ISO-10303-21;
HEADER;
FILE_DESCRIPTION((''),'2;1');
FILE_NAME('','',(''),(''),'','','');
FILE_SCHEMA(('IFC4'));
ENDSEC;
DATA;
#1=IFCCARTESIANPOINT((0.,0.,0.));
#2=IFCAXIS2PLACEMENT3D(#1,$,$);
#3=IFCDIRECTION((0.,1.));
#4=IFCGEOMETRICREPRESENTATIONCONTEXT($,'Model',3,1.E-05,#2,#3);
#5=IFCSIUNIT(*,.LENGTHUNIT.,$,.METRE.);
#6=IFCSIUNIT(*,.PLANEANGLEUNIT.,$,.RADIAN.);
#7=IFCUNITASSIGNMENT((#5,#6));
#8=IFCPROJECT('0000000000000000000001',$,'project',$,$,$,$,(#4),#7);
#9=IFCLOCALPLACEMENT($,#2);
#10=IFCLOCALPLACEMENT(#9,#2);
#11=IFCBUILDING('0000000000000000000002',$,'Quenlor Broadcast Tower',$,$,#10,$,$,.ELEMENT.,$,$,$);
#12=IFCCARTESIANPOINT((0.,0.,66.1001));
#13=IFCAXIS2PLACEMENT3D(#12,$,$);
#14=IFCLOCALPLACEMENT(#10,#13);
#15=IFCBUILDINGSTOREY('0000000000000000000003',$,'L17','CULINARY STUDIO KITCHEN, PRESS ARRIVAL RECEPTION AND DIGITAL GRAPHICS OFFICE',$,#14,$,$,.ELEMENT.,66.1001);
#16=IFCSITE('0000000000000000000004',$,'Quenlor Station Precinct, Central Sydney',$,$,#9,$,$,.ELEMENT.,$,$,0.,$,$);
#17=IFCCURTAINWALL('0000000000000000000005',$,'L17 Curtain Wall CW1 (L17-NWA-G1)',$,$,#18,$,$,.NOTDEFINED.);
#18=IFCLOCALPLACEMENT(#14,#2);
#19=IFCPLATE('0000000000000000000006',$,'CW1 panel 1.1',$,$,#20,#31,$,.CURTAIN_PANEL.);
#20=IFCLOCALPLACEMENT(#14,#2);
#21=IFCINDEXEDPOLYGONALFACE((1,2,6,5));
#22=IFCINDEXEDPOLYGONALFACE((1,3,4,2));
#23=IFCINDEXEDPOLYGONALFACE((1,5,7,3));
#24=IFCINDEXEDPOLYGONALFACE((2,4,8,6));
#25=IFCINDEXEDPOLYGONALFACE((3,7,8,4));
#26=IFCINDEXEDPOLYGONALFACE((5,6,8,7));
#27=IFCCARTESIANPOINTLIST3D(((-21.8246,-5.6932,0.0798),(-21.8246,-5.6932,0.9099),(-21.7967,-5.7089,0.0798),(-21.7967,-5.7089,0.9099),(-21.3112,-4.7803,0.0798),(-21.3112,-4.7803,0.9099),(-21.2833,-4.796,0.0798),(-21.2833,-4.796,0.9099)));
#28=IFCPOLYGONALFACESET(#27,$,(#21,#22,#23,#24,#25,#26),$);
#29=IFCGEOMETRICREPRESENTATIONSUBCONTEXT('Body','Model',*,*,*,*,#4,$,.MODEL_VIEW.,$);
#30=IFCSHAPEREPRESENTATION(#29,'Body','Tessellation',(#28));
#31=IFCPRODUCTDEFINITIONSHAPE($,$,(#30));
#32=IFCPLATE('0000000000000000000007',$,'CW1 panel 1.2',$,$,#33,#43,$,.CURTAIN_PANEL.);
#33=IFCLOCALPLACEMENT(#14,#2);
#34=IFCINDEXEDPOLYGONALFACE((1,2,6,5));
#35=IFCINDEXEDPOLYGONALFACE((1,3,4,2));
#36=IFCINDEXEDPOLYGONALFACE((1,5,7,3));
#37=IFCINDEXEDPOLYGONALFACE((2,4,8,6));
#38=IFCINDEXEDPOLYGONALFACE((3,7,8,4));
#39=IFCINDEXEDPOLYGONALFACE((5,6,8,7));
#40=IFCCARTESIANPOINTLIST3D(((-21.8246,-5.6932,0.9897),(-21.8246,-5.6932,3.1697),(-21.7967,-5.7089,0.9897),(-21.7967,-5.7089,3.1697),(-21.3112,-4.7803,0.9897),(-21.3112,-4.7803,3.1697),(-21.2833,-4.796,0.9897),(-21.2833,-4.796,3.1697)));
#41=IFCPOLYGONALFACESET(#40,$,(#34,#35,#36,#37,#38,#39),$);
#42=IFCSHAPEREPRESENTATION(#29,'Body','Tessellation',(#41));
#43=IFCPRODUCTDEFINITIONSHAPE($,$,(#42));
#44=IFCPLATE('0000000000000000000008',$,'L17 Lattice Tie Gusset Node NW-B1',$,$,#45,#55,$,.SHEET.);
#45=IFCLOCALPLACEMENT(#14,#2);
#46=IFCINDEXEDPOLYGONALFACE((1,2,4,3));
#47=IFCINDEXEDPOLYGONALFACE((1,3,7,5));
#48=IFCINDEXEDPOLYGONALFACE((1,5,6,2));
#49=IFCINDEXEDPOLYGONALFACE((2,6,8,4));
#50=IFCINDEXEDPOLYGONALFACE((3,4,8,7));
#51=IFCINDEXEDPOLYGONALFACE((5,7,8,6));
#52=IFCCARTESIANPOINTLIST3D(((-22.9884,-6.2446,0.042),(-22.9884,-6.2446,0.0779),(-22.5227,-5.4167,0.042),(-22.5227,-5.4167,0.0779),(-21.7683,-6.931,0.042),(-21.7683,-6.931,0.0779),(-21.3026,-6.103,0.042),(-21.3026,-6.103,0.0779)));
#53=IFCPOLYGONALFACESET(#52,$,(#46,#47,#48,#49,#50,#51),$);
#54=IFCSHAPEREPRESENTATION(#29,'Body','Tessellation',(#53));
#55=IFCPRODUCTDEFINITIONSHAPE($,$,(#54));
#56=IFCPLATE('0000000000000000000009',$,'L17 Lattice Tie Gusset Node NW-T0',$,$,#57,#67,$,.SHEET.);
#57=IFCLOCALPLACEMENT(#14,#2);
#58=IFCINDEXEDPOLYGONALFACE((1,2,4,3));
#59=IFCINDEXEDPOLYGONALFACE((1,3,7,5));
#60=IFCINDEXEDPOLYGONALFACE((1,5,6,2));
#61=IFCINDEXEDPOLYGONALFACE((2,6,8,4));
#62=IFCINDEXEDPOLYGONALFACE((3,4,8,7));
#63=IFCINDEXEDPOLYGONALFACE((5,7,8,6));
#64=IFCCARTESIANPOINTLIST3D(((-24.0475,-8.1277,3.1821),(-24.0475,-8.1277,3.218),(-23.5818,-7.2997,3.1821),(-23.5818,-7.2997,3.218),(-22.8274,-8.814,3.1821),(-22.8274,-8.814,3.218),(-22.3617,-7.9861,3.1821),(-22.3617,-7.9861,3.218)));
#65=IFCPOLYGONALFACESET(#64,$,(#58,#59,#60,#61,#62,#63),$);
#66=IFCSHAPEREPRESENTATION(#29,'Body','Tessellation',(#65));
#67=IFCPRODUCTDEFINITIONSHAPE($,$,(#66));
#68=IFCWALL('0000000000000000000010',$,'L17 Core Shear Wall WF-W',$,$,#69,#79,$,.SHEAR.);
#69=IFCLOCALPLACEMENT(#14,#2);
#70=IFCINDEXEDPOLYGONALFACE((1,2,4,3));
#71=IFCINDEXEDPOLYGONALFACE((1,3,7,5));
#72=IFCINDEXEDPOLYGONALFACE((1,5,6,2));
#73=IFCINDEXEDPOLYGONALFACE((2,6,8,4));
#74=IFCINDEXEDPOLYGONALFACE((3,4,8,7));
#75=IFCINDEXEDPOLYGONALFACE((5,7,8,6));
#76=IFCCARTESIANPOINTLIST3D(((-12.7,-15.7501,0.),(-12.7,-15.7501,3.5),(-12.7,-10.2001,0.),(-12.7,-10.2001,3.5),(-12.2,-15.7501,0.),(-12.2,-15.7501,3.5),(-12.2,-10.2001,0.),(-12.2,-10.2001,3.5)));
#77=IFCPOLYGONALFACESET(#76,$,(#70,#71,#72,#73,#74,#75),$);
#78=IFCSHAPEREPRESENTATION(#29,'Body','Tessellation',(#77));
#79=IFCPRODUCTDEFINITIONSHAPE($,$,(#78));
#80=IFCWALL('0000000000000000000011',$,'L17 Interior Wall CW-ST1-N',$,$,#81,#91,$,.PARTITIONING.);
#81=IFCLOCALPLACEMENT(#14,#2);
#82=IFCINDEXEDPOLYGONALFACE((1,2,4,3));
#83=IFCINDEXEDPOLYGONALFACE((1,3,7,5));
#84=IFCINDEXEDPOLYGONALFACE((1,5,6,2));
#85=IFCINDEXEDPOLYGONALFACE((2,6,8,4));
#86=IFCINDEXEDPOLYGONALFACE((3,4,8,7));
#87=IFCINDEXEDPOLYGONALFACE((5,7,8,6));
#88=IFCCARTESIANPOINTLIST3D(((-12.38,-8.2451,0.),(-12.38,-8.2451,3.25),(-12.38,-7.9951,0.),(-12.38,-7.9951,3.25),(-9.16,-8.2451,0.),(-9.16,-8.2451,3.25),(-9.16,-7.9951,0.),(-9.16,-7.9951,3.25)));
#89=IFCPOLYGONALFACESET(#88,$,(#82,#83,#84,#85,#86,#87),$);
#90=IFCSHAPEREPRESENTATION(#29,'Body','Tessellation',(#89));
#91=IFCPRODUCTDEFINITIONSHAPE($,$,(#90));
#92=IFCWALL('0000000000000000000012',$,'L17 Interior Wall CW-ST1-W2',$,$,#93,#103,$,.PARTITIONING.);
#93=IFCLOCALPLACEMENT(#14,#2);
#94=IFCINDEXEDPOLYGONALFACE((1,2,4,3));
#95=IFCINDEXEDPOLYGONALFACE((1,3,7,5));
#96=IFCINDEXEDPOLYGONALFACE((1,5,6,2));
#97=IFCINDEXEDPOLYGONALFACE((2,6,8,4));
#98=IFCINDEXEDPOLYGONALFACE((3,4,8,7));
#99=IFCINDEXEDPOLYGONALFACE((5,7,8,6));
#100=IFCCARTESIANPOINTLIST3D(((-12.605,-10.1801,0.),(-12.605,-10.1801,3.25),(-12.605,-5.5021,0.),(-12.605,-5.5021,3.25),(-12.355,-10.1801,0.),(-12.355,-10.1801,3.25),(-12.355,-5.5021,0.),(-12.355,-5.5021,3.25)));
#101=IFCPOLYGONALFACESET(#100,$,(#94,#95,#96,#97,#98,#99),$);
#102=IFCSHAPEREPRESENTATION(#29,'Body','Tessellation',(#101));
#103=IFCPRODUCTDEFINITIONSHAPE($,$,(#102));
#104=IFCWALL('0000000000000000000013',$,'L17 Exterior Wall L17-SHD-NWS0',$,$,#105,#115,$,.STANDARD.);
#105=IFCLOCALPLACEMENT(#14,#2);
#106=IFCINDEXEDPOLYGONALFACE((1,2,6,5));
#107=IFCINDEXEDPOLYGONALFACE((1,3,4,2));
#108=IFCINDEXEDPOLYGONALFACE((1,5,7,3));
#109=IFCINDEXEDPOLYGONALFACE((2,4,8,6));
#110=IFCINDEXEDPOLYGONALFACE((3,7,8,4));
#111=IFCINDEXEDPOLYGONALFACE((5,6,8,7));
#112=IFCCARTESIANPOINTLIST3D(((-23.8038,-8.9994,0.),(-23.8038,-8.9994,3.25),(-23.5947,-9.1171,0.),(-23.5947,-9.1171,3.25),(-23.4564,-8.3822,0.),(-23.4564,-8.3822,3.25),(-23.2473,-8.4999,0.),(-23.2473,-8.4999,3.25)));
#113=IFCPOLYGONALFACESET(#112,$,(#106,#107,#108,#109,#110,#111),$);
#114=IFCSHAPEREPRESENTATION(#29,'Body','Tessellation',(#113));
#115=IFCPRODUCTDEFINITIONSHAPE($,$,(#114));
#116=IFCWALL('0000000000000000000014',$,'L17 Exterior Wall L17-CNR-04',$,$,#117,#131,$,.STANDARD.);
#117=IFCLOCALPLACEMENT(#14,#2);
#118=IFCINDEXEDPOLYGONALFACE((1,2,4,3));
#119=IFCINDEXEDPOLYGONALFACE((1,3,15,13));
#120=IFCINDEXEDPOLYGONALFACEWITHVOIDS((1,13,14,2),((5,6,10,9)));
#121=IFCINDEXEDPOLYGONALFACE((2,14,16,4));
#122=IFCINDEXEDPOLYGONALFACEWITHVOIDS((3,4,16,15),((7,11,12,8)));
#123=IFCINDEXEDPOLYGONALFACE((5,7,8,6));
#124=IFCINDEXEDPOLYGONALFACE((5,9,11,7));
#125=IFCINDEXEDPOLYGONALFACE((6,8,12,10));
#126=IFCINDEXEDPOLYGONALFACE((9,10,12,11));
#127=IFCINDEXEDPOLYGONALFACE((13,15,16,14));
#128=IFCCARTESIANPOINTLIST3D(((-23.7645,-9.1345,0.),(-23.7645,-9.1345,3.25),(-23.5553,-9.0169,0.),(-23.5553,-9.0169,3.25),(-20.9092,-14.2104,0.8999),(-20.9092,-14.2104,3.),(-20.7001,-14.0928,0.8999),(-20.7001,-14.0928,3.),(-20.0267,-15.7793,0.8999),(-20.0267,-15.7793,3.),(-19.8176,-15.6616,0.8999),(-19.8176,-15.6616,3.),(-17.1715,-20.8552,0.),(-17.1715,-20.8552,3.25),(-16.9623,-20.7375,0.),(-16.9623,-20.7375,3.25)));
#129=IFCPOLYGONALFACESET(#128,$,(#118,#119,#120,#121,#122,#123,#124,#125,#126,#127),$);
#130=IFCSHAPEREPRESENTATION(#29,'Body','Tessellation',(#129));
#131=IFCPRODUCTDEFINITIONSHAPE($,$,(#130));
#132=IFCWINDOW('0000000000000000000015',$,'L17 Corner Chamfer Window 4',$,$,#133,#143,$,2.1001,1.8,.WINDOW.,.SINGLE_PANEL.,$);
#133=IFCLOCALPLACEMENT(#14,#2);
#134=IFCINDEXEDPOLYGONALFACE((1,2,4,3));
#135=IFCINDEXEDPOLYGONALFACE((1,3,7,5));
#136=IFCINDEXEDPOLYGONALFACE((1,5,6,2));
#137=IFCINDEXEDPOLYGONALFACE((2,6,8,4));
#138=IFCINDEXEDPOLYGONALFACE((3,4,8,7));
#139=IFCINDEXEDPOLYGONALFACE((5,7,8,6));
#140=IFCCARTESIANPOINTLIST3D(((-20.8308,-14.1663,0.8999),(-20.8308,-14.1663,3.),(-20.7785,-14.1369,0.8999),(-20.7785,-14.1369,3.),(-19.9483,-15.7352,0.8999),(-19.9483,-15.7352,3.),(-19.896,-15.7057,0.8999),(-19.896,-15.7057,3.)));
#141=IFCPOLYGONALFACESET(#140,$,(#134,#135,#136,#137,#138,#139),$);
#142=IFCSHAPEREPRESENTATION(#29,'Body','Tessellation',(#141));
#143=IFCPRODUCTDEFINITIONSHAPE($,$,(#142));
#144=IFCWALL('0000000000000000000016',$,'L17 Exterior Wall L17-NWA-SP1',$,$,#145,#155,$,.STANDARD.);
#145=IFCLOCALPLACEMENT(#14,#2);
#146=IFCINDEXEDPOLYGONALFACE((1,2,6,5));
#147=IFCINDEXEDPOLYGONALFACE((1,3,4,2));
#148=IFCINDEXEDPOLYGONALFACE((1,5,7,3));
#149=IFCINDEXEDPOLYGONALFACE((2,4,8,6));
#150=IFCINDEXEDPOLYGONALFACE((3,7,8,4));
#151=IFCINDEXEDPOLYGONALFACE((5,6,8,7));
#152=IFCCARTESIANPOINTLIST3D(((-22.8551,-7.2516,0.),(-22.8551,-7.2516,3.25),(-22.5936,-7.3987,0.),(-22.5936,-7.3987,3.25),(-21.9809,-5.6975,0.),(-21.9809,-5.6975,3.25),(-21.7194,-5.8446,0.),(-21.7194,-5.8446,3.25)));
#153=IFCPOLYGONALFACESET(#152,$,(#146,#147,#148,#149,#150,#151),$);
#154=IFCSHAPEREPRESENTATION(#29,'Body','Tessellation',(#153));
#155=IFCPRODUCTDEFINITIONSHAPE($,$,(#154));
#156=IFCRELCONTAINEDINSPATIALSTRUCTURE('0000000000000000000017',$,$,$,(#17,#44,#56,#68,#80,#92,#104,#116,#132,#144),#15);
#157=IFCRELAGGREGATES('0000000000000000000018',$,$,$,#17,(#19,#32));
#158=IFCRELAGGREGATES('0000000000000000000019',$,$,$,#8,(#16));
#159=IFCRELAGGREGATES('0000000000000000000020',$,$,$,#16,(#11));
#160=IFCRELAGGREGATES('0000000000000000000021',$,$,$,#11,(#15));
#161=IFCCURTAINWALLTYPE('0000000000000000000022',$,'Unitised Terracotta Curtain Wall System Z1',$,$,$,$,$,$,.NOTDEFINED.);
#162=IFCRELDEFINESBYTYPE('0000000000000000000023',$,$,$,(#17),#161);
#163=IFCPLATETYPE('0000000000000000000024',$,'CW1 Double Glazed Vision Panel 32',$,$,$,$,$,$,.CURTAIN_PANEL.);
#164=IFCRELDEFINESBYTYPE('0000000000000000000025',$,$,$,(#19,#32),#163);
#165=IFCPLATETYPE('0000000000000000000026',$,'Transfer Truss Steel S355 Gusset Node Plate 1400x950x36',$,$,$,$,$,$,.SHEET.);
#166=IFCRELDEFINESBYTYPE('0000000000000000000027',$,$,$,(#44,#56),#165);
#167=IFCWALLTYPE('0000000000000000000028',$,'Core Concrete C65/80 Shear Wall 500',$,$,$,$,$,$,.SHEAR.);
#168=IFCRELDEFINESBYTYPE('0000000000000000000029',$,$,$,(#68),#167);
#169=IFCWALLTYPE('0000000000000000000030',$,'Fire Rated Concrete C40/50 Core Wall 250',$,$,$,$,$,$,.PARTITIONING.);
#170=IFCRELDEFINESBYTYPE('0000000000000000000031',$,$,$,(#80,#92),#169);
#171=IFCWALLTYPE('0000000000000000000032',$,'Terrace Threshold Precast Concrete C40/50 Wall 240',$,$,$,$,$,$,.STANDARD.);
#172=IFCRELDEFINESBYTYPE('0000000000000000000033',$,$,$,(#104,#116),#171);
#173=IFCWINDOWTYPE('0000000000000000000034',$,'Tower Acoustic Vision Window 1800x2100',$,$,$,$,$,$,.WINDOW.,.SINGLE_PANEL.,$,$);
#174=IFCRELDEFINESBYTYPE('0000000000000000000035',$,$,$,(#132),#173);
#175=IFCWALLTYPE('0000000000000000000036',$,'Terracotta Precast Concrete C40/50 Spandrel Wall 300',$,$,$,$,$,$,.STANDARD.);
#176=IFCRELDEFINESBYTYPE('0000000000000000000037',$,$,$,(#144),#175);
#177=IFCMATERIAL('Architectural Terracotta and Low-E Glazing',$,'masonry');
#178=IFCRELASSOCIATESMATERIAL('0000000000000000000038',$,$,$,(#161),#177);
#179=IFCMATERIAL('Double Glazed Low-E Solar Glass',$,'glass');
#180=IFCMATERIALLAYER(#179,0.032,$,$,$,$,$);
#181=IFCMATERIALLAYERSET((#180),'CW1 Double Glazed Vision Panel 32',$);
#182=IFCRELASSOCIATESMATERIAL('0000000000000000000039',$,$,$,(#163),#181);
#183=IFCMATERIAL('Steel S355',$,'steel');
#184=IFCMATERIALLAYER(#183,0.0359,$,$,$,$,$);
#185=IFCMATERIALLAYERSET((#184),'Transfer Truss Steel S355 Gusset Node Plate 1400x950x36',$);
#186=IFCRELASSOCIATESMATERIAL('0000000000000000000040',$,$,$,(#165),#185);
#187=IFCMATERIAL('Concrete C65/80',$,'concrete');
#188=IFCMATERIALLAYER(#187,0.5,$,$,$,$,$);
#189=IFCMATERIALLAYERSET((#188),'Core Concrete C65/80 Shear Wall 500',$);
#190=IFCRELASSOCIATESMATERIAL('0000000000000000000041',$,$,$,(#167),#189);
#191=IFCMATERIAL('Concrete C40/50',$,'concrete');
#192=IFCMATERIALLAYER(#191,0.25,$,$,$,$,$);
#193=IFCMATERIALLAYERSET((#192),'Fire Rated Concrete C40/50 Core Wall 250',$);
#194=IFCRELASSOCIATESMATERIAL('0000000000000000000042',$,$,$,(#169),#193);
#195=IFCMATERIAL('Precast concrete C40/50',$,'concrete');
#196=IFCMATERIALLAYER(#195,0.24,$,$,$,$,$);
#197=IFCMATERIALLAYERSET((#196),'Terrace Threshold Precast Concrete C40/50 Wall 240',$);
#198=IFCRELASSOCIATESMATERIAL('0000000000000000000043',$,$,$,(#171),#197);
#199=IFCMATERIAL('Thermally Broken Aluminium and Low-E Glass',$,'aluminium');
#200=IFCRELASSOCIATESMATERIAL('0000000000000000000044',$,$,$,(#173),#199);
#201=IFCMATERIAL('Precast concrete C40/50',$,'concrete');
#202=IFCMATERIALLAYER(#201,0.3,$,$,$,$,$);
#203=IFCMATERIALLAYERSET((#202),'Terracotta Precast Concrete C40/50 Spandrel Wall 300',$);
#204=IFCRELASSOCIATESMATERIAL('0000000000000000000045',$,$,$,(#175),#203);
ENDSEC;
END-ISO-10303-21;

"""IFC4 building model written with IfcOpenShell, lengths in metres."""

from ifc_helpers import new_model, si_unit, direction, frame, frame_2d, origin, origin_2d, place, context, subcontext, project, spatial, rectangle, extrude, material, layer, layer_set, type_object, element, fill, aggregate, save


model = new_model("IFC4")

# Units and contexts
model_context = context("Model", 3, precision=1e-05, world=origin(), true_north=direction((0.0, 1.0)))
body_context = subcontext(model_context, "Body", "Model", "MODEL_VIEW")
ifc_project = project(units=[si_unit("LENGTHUNIT", "METRE"), si_unit("PLANEANGLEUNIT", "RADIAN")], contexts=[model_context])

# Site, building, storey
site_placement = place(None, origin())
site = spatial("IfcSite", under=ifc_project, at=site_placement, Name="Quenlor Station Precinct, Central Sydney", CompositionType="ELEMENT", RefElevation=0.0)
building_placement = place(site_placement, origin())
building = spatial("IfcBuilding", under=site, at=building_placement, Name="Quenlor Broadcast Tower", CompositionType="ELEMENT")
storey_placement = place(building_placement, frame((0.0, 0.0, 66.1001)))
storey = spatial("IfcBuildingStorey", under=building, at=storey_placement, Name="L17", Description="CULINARY STUDIO KITCHEN, PRESS ARRIVAL RECEPTION AND DIGITAL GRAPHICS OFFICE", CompositionType="ELEMENT", Elevation=66.1001)

# Curtain wall
ifc_material_1 = material(Name="Architectural Terracotta and Low-E Glazing", Category="masonry")
curtain_wall_type = type_object("IfcCurtainWallType", Name="Unitised Terracotta Curtain Wall System Z1", PredefinedType="NOTDEFINED", material=ifc_material_1)
curtain_wall_placement = place(storey_placement, origin())
curtain_wall = element("IfcCurtainWall", 1, at=curtain_wall_placement, inside=storey, type_object=curtain_wall_type, Name="L17 Curtain Wall CW1 (L17-NWA-G1)", PredefinedType="NOTDEFINED")

# Plates
ifc_material_2 = material(Name="Double Glazed Low-E Solar Glass", Category="glass")
ifc_layer_1 = layer(ifc_material_2, 0.032)
ifc_layer_set_1 = layer_set([ifc_layer_1], Name="CW1 Double Glazed Vision Panel 32")
plate_type_1 = type_object("IfcPlateType", Name="CW1 Double Glazed Vision Panel 32", PredefinedType="CURTAIN_PANEL", material=ifc_layer_set_1)
plate_1_placement = place(storey_placement, frame((-21.554, -5.2446, 0.0798), z_axis=(0.0, 0.0, 1.0), x_axis=(0.490214, 0.871602, 0.0)))
plate_1 = element("IfcPlate", 2, at=plate_1_placement, type_object=plate_type_1, Name="CW1 panel 1.1", PredefinedType="CURTAIN_PANEL", context=body_context, shape_type="SweptSolid", body=[
    extrude(rectangle(XDim=1.0474, YDim=0.032, at=origin_2d()), origin(), (0.0, 0.0, 1.0), 0.8301),
])
plate_2_placement = place(storey_placement, frame((-21.554, -5.2446, 0.9897), z_axis=(0.0, 0.0, 1.0), x_axis=(0.490214, 0.871602, 0.0)))
plate_2 = element("IfcPlate", 3, at=plate_2_placement, type_object=plate_type_1, Name="CW1 panel 1.2", PredefinedType="CURTAIN_PANEL", context=body_context, shape_type="SweptSolid", body=[
    extrude(rectangle(XDim=1.0474, YDim=0.032, at=origin_2d()), origin(), (0.0, 0.0, 1.0), 2.1799),
])
aggregate(curtain_wall, [plate_1, plate_2])

# Plates
ifc_material_3 = material(Name="Steel S355", Category="steel")
ifc_layer_2 = layer(ifc_material_3, 0.0359)
ifc_layer_set_2 = layer_set([ifc_layer_2], Name="Transfer Truss Steel S355 Gusset Node Plate 1400x950x36")
plate_type_2 = type_object("IfcPlateType", Name="Transfer Truss Steel S355 Gusset Node Plate 1400x950x36", PredefinedType="SHEET", material=ifc_layer_set_2)
for number, where, z_axis, x_axis, name in (
    (4, (-22.1455, -6.1738, 0.042), (0.0, 0.0, 1.0), (-0.871556, 0.490295, 0.0), "L17 Lattice Tie Gusset Node NW-B1"),
    (5, (-23.2046, -8.0569, 3.1821), (0.0, 0.0, 1.0), (-0.871556, 0.490295, 0.0), "L17 Lattice Tie Gusset Node NW-T0"),
):
    element("IfcPlate", number, at=place(storey_placement, frame(where, z_axis=z_axis, x_axis=x_axis)), inside=storey, type_object=plate_type_2, Name=name, PredefinedType="SHEET", context=body_context, shape_type="SweptSolid", body=[
        extrude(rectangle(XDim=1.3999, YDim=0.95, at=origin_2d()), origin(), (0.0, 0.0, 1.0), 0.0359),
    ])

# Walls
ifc_material_4 = material(Name="Concrete C65/80", Category="concrete")
ifc_layer_3 = layer(ifc_material_4, 0.5)
ifc_layer_set_3 = layer_set([ifc_layer_3], Name="Core Concrete C65/80 Shear Wall 500")
wall_type_1 = type_object("IfcWallType", Name="Core Concrete C65/80 Shear Wall 500", PredefinedType="SHEAR", material=ifc_layer_set_3)
wall_1_placement = place(storey_placement, frame((-12.45, -15.75, 0.0), z_axis=(0.0, 0.0, 1.0), x_axis=(0.0, 1.0, 0.0)))
element("IfcWall", 6, at=wall_1_placement, inside=storey, type_object=wall_type_1, Name="L17 Core Shear Wall WF-W", PredefinedType="SHEAR", context=body_context, shape_type="SweptSolid", body=[
    extrude(rectangle(XDim=5.55, YDim=0.5, at=frame_2d((2.7749, 0.0))), origin(), (0.0, 0.0, 1.0), 3.5),
])
ifc_material_5 = material(Name="Concrete C40/50", Category="concrete")
ifc_layer_4 = layer(ifc_material_5, 0.25)
ifc_layer_set_4 = layer_set([ifc_layer_4], Name="Fire Rated Concrete C40/50 Core Wall 250")
wall_type_2 = type_object("IfcWallType", Name="Fire Rated Concrete C40/50 Core Wall 250", PredefinedType="PARTITIONING", material=ifc_layer_set_4)
wall_2_placement = place(storey_placement, frame((-12.3799, -8.1201, 0.0), z_axis=(0.0, 0.0, 1.0), x_axis=(1.0, 0.0, 0.0)))
element("IfcWall", 7, at=wall_2_placement, inside=storey, type_object=wall_type_2, Name="L17 Interior Wall CW-ST1-N", PredefinedType="PARTITIONING", context=body_context, shape_type="SweptSolid", body=[
    extrude(rectangle(XDim=3.22, YDim=0.25, at=frame_2d((1.6099, 0.0))), origin(), (0.0, 0.0, 1.0), 3.25),
])
wall_3_placement = place(storey_placement, frame((-12.48, -10.1799, 0.0), z_axis=(0.0, 0.0, 1.0), x_axis=(0.0, 1.0, 0.0)))
element("IfcWall", 8, at=wall_3_placement, inside=storey, type_object=wall_type_2, Name="L17 Interior Wall CW-ST1-W2", PredefinedType="PARTITIONING", context=body_context, shape_type="SweptSolid", body=[
    extrude(rectangle(XDim=4.678, YDim=0.25, at=frame_2d((2.3389, 0.0))), origin(), (0.0, 0.0, 1.0), 3.25),
])

# Wall
ifc_material_6 = material(Name="Precast concrete C40/50", Category="concrete")
ifc_layer_5 = layer(ifc_material_6, 0.24)
ifc_layer_set_5 = layer_set([ifc_layer_5], Name="Terrace Threshold Precast Concrete C40/50 Wall 240")
wall_type_3 = type_object("IfcWallType", Name="Terrace Threshold Precast Concrete C40/50 Wall 240", PredefinedType="STANDARD", material=ifc_layer_set_5)
wall_4_placement = place(storey_placement, frame((-23.6992, -9.0581, 0.0), z_axis=(0.0, 0.0, 1.0), x_axis=(0.490523, 0.871428, 0.0)))
element("IfcWall", 9, at=wall_4_placement, inside=storey, type_object=wall_type_3, Name="L17 Exterior Wall L17-SHD-NWS0", PredefinedType="STANDARD", context=body_context, shape_type="SweptSolid", body=[
    extrude(rectangle(XDim=0.7083, YDim=0.24, at=frame_2d((0.354, 0.0))), origin(), (0.0, 0.0, 1.0), 3.25),
])

# Wall, opening, window
wall_5_placement = place(storey_placement, frame((-23.6599, -9.0757, 0.0), z_axis=(0.0, 0.0, 1.0), x_axis=(0.490268, -0.871572, 0.0)))
wall_5 = element("IfcWall", 10, at=wall_5_placement, inside=storey, type_object=wall_type_3, Name="L17 Exterior Wall L17-CNR-04", PredefinedType="STANDARD", context=body_context, shape_type="SweptSolid", body=[
    extrude(rectangle(XDim=13.4478, YDim=0.24, at=frame_2d((6.7239, 0.0))), origin(), (0.0, 0.0, 1.0), 3.25),
])
opening_1_placement = place(wall_5_placement, frame((5.824, 0.0, 0.8999)))
opening_1 = element("IfcOpeningElement", 11, at=opening_1_placement, cuts=wall_5, PredefinedType="OPENING", context=body_context, shape_type="SweptSolid", body=[
    extrude(rectangle(XDim=1.8, YDim=2.1001, at=frame_2d((0.8999, 1.05))), frame((0.0, 0.1299, 0.0), z_axis=(0.0, -1.0, 0.0), x_axis=(1.0, 0.0, 0.0)), (0.0, 0.0, 1.0), 0.26),
])
ifc_material_7 = material(Name="Thermally Broken Aluminium and Low-E Glass", Category="aluminium")
window_type = type_object("IfcWindowType", Name="Tower Acoustic Vision Window 1800x2100", PartitioningType="SINGLE_PANEL", PredefinedType="WINDOW", material=ifc_material_7)
window_placement = place(opening_1_placement, origin())
window = element("IfcWindow", 12, at=window_placement, inside=storey, type_object=window_type, Name="L17 Corner Chamfer Window 4", OverallHeight=2.1001, OverallWidth=1.8, PartitioningType="SINGLE_PANEL", PredefinedType="WINDOW", context=body_context, shape_type="SweptSolid", body=[
    extrude(rectangle(XDim=1.8, YDim=2.1001, at=frame_2d((0.8999, 1.05))), frame((0.0, 0.03, 0.0), z_axis=(0.0, -1.0, 0.0), x_axis=(1.0, 0.0, 0.0)), (0.0, 0.0, 1.0), 0.0601),
])
fill(opening_1, window)

# Wall
ifc_material_8 = material(Name="Precast concrete C40/50", Category="concrete")
ifc_layer_6 = layer(ifc_material_8, 0.3)
ifc_layer_set_6 = layer_set([ifc_layer_6], Name="Terracotta Precast Concrete C40/50 Spandrel Wall 300")
wall_type_4 = type_object("IfcWallType", Name="Terracotta Precast Concrete C40/50 Spandrel Wall 300", PredefinedType="STANDARD", material=ifc_layer_set_6)
wall_6_placement = place(storey_placement, frame((-22.7244, -7.3252, 0.0), z_axis=(0.0, 0.0, 1.0), x_axis=(0.490274, 0.871568, 0.0)))
element("IfcWall", 13, at=wall_6_placement, inside=storey, type_object=wall_type_4, Name="L17 Exterior Wall L17-NWA-SP1", PredefinedType="STANDARD", context=body_context, shape_type="SweptSolid", body=[
    extrude(rectangle(XDim=1.7832, YDim=0.3, at=frame_2d((0.8916, 0.0))), origin(), (0.0, 0.0, 1.0), 3.25),
])

save(model, "model.ifc")
